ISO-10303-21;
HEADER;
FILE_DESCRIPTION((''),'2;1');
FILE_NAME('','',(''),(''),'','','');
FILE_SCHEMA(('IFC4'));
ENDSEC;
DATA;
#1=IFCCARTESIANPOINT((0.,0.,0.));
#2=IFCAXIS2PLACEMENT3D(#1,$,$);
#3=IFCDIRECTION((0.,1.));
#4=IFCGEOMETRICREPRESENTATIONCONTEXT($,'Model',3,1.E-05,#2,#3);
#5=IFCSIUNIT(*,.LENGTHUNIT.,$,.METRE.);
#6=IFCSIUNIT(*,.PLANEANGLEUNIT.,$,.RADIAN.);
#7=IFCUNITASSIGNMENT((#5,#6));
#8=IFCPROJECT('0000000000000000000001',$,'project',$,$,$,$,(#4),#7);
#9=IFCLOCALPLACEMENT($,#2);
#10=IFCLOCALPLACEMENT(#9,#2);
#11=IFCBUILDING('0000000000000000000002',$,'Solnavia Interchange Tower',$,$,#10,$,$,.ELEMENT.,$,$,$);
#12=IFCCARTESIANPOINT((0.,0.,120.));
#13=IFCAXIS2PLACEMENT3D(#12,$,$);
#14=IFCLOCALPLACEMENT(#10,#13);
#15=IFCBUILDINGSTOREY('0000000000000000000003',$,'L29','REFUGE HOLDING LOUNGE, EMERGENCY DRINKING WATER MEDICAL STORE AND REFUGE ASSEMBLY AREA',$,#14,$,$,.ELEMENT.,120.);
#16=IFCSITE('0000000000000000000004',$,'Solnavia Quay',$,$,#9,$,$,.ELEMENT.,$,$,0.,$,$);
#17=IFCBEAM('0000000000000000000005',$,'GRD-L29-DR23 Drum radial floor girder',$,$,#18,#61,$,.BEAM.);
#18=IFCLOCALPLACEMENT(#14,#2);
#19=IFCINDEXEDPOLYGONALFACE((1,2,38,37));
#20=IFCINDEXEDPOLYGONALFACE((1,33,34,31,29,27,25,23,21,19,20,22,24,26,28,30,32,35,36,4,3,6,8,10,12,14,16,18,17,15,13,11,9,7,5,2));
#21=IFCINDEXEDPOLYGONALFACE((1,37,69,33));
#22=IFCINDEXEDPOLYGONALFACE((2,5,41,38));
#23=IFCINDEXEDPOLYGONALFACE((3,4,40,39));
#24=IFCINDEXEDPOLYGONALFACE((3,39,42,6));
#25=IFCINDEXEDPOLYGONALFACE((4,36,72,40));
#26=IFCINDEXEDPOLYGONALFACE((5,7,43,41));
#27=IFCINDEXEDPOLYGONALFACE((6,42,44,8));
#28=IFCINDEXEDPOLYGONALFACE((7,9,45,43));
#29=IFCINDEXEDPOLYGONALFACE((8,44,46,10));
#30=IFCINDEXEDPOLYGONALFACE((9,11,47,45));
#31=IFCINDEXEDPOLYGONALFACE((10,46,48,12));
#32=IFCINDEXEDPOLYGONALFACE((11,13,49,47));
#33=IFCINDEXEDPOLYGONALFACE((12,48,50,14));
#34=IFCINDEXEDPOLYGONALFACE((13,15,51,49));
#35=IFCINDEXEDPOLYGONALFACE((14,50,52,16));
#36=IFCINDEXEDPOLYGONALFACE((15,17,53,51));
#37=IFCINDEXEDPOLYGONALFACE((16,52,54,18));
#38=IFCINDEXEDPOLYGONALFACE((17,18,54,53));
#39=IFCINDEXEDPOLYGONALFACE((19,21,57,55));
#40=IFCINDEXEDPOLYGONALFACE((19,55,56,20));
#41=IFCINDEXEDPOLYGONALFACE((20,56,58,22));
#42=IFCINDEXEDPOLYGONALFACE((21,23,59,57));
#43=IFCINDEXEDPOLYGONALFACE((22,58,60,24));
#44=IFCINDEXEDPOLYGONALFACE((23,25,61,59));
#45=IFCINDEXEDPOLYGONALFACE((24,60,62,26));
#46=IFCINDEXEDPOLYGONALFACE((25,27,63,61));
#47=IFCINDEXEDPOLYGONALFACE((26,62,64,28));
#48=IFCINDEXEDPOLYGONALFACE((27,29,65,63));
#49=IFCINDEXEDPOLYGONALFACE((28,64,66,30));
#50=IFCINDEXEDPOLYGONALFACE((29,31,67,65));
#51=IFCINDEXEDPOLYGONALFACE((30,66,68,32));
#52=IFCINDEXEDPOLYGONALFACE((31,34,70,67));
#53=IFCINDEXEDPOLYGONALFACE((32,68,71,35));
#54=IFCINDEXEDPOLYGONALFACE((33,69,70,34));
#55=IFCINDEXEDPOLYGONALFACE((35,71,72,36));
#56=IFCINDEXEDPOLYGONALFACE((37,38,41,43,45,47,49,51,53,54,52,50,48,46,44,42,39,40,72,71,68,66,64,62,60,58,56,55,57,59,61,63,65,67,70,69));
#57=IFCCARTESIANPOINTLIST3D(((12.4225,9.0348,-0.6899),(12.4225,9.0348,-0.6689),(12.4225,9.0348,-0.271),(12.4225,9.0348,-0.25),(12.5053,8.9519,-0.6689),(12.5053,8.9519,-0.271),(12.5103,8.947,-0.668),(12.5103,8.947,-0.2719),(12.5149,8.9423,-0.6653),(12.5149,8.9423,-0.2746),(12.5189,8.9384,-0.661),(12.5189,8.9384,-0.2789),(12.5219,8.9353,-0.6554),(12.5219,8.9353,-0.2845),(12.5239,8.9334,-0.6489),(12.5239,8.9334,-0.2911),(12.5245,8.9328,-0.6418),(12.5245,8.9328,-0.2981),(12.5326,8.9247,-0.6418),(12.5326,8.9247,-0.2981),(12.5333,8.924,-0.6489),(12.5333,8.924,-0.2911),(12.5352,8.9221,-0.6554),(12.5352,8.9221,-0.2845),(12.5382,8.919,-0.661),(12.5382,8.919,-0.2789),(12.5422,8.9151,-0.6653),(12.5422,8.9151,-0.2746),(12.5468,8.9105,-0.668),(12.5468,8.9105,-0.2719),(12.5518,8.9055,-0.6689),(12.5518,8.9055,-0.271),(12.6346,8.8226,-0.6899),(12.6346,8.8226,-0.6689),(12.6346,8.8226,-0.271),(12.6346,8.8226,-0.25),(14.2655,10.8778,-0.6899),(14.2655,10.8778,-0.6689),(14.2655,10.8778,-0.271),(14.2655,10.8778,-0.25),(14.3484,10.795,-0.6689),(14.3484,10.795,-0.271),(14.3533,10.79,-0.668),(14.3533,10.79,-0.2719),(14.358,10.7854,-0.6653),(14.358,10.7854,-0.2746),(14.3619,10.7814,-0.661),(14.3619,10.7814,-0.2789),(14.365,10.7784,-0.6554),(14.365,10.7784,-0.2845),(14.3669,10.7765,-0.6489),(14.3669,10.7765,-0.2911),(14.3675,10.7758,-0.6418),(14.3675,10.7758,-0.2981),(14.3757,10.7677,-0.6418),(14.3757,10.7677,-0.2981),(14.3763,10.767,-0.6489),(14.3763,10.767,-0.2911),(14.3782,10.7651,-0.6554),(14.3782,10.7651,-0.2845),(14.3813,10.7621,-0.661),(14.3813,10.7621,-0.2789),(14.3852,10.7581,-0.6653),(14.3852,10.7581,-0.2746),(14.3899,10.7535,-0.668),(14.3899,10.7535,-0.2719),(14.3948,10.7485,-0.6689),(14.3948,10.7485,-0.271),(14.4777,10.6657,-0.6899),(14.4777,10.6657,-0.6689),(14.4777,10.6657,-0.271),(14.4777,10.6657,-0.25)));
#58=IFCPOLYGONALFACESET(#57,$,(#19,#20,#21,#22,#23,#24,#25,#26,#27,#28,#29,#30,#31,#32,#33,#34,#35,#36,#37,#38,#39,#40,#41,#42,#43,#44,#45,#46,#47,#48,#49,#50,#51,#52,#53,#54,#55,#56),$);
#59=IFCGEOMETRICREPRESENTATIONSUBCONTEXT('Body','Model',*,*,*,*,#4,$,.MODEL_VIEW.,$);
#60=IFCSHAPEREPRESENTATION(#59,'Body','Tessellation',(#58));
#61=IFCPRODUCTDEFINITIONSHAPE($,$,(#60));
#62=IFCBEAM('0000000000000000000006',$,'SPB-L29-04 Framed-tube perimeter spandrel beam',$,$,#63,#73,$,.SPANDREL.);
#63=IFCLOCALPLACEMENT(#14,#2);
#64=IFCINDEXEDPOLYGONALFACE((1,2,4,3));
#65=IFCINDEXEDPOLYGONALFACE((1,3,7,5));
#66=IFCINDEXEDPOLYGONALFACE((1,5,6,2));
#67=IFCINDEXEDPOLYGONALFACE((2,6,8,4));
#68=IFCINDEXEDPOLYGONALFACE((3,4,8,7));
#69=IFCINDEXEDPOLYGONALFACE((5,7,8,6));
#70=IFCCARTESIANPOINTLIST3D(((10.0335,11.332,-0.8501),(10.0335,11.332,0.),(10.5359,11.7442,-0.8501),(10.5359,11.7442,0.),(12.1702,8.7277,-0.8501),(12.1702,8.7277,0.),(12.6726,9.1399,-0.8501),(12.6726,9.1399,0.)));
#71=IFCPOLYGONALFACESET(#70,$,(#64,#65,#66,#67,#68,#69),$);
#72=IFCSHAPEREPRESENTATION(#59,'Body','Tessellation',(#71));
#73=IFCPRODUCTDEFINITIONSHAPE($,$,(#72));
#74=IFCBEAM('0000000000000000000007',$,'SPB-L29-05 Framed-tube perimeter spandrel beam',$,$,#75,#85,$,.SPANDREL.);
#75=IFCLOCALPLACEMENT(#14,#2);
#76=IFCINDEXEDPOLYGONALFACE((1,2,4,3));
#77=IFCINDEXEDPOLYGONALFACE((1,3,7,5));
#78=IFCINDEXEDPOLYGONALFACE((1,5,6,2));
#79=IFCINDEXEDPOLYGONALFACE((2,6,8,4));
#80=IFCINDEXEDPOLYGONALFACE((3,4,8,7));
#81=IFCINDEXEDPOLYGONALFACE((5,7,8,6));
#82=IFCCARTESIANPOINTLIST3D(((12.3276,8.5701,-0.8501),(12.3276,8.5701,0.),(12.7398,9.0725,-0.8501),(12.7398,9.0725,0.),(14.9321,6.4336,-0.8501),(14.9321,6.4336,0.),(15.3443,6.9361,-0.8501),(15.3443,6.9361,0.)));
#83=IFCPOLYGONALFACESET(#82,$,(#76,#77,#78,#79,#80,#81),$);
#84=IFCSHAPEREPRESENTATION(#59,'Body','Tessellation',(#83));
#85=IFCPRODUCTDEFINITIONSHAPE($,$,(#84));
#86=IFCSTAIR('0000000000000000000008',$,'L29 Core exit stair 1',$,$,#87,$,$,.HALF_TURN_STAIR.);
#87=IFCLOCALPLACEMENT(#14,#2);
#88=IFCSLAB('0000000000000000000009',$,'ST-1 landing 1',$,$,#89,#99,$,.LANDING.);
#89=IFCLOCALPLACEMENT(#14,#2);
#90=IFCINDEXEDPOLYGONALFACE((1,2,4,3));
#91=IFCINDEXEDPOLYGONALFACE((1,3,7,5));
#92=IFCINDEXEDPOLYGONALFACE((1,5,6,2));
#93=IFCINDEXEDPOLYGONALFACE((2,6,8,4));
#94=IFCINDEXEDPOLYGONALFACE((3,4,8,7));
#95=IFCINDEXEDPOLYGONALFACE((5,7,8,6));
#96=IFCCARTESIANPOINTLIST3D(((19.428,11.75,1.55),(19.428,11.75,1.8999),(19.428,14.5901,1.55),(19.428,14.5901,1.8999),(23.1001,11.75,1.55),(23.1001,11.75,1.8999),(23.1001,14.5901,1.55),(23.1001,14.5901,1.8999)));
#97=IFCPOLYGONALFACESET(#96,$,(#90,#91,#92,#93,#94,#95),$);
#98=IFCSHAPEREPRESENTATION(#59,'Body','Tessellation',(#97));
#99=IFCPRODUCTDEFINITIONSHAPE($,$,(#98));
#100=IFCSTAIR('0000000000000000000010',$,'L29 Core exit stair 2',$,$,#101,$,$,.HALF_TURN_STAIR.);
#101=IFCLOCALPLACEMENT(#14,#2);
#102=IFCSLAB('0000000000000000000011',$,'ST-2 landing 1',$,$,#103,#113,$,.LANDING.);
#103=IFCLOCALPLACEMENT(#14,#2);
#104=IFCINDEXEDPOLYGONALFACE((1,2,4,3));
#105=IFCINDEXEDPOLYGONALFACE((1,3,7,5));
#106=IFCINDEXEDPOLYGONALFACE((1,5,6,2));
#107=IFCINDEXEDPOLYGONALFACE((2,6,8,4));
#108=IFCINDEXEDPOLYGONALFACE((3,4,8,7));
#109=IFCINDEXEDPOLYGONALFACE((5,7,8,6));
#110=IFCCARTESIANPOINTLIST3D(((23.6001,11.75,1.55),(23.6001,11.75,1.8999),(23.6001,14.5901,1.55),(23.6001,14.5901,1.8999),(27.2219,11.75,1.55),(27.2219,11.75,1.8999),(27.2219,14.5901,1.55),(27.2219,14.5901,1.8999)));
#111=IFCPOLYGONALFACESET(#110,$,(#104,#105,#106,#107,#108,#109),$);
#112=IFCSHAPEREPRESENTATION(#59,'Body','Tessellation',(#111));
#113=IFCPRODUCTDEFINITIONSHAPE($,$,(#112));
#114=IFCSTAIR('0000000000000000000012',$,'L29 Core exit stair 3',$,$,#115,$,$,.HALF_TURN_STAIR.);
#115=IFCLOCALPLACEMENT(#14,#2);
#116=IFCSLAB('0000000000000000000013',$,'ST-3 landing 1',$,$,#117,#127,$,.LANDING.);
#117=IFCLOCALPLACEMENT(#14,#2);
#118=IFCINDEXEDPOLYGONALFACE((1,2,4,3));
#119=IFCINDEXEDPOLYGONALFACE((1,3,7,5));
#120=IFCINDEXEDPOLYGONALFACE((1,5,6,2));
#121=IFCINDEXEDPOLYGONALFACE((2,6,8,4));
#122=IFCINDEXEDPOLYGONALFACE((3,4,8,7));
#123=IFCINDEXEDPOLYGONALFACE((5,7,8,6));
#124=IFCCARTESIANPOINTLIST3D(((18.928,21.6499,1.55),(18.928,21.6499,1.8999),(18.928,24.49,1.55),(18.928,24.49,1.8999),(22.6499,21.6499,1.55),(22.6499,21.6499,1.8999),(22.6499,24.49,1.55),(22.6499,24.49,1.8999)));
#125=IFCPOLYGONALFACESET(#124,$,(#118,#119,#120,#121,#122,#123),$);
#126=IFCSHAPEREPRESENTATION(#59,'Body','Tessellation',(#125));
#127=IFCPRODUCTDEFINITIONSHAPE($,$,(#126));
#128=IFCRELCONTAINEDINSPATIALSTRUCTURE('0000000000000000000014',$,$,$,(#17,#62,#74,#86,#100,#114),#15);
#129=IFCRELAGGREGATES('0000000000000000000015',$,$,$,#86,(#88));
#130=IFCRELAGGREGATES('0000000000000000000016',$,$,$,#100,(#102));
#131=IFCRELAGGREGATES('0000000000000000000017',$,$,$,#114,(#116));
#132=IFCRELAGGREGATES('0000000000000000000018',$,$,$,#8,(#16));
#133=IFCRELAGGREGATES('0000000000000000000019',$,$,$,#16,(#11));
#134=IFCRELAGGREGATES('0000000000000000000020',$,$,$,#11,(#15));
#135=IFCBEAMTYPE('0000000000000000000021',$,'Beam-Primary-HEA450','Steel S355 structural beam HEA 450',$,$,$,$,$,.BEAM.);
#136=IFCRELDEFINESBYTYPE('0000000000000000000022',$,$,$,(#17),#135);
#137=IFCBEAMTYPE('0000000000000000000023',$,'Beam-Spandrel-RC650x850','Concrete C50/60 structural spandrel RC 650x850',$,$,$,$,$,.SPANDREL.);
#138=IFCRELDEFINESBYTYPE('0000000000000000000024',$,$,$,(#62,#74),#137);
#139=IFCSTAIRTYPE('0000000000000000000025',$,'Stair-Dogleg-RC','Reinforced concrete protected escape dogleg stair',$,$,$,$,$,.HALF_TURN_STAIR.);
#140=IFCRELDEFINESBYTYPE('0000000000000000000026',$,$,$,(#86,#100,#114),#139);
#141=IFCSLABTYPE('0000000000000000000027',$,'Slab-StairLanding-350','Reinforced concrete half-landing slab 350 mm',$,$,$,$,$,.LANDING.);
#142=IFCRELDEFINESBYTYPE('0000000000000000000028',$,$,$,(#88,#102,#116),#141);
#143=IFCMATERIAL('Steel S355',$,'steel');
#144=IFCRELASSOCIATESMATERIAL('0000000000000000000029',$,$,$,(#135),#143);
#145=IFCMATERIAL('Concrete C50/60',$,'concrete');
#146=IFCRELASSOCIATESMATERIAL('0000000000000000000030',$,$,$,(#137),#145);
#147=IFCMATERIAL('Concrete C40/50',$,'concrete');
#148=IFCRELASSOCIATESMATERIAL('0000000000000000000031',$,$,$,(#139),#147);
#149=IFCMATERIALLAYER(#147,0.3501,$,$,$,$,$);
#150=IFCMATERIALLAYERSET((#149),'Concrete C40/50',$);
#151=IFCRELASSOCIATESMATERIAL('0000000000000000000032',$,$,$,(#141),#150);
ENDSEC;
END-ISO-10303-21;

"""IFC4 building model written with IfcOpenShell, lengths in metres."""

from ifc_helpers import new_model, si_unit, direction, frame, origin, origin_2d, place, context, subcontext, project, spatial, polyline, rectangle, i_section, outline, extrude, material, layer, layer_set, material_profile, profile_set, type_object, element, aggregate, save


model = new_model("IFC4")

# Units and contexts
model_context = context("Model", 3, precision=1e-05, world=origin(), true_north=direction((0.0, 1.0)))
body_context = subcontext(model_context, "Body", "Model", "MODEL_VIEW")
ifc_project = project(units=[si_unit("LENGTHUNIT", "METRE"), si_unit("PLANEANGLEUNIT", "RADIAN")], contexts=[model_context])

# Site, building, storey
site_placement = place(None, origin())
site = spatial("IfcSite", under=ifc_project, at=site_placement, Name="Solnavia Quay", CompositionType="ELEMENT", RefElevation=0.0)
building_placement = place(site_placement, origin())
building = spatial("IfcBuilding", under=site, at=building_placement, Name="Solnavia Interchange Tower", CompositionType="ELEMENT")
storey_placement = place(building_placement, frame((0.0, 0.0, 120.0)))
storey = spatial("IfcBuildingStorey", under=building, at=storey_placement, Name="L29", Description="REFUGE HOLDING LOUNGE, EMERGENCY DRINKING WATER MEDICAL STORE AND REFUGE ASSEMBLY AREA", CompositionType="ELEMENT", Elevation=120.0)

# Shared definitions
ifc_material_1 = material(Name="Steel S355", Category="steel")

# Beams
ifc_material_profile_1 = material_profile(ifc_material_1, i_section(OverallWidth=0.3, OverallDepth=0.4399, WebThickness=0.0115, FlangeThickness=0.021, FilletRadius=0.0271, at=origin_2d()), Name="HEA 450")
ifc_profile_set_1 = profile_set([ifc_material_profile_1], Name="Steel S355")
beam_type_1 = type_object("IfcBeamType", Name="Beam-Primary-HEA450", Description="Steel S355 structural beam HEA 450", PredefinedType="BEAM", material=ifc_profile_set_1)
beam_1_placement = place(storey_placement, frame((12.5286, 8.9287, -0.47), z_axis=(0.707107, 0.707107, 0.0), x_axis=(-0.707107, 0.707107, 0.0)))
element("IfcBeam", 1, at=beam_1_placement, inside=storey, type_object=beam_type_1, Name="GRD-L29-DR23 Drum radial floor girder", PredefinedType="BEAM", context=body_context, shape_type="SweptSolid", body=[
    extrude(i_section(OverallWidth=0.3, OverallDepth=0.4399, WebThickness=0.0115, FlangeThickness=0.021, FilletRadius=0.0271, at=origin_2d()), origin(), (0.0, 0.0, 1.0), 2.6064),
])
ifc_material_2 = material(Name="Concrete C50/60", Category="concrete")
ifc_material_profile_2 = material_profile(ifc_material_2, rectangle(XDim=0.6499, YDim=0.8501, at=origin_2d()), Name="RC 650x850")
ifc_profile_set_2 = profile_set([ifc_material_profile_2], Name="Concrete C50/60")
beam_type_2 = type_object("IfcBeamType", Name="Beam-Spandrel-RC650x850", Description="Concrete C50/60 structural spandrel RC 650x850", PredefinedType="SPANDREL", material=ifc_profile_set_2)
for number, where, z_axis, x_axis, name in (
    (2, (10.2847, 11.5381, -0.425), (0.634299, -0.773088, 0.0), (0.773088, 0.634299, 0.0), "SPB-L29-04 Framed-tube perimeter spandrel beam"),
    (3, (12.5337, 8.8213, -0.425), (0.773153, -0.63422, 0.0), (0.63422, 0.773153, 0.0), "SPB-L29-05 Framed-tube perimeter spandrel beam"),
):
    element("IfcBeam", number, at=place(storey_placement, frame(where, z_axis=z_axis, x_axis=x_axis)), inside=storey, type_object=beam_type_2, Name=name, PredefinedType="SPANDREL", context=body_context, shape_type="SweptSolid", body=[
        extrude(rectangle(XDim=0.6499, YDim=0.8501, at=origin_2d()), origin(), (0.0, 0.0, 1.0), 3.3687),
    ])

# Stairs, slabs
ifc_material_3 = material(Name="Concrete C40/50", Category="concrete")
stair_type = type_object("IfcStairType", Name="Stair-Dogleg-RC", Description="Reinforced concrete protected escape dogleg stair", PredefinedType="HALF_TURN_STAIR", material=ifc_material_3)
stair_1_placement = place(storey_placement, origin())
stair_1 = element("IfcStair", 4, at=stair_1_placement, inside=storey, type_object=stair_type, Name="L29 Core exit stair 1", PredefinedType="HALF_TURN_STAIR")
ifc_layer_1 = layer(ifc_material_3, 0.3501)
ifc_layer_set_1 = layer_set([ifc_layer_1], Name="Concrete C40/50")
slab_type_1 = type_object("IfcSlabType", Name="Slab-StairLanding-350", Description="Reinforced concrete half-landing slab 350 mm", PredefinedType="LANDING", material=ifc_layer_set_1)
slab_1_placement = place(storey_placement, frame((0.0, 0.0, 1.55)))
slab_1 = element("IfcSlab", 5, at=slab_1_placement, type_object=slab_type_1, Name="ST-1 landing 1", PredefinedType="LANDING", context=body_context, shape_type="SweptSolid", body=[
    extrude(outline(polyline([(19.428, 11.75), (23.1001, 11.75), (23.1001, 14.5901), (19.428, 14.5901), (19.428, 11.75)])), origin(), (0.0, 0.0, 1.0), 0.3499),
])
aggregate(stair_1, [slab_1])
stair_2_placement = place(storey_placement, origin())
stair_2 = element("IfcStair", 6, at=stair_2_placement, inside=storey, type_object=stair_type, Name="L29 Core exit stair 2", PredefinedType="HALF_TURN_STAIR")
slab_2_placement = place(storey_placement, frame((0.0, 0.0, 1.55)))
slab_2 = element("IfcSlab", 7, at=slab_2_placement, type_object=slab_type_1, Name="ST-2 landing 1", PredefinedType="LANDING", context=body_context, shape_type="SweptSolid", body=[
    extrude(outline(polyline([(23.6001, 11.75), (27.2219, 11.75), (27.2219, 14.5901), (23.6001, 14.5901), (23.6001, 11.75)])), origin(), (0.0, 0.0, 1.0), 0.3499),
])
aggregate(stair_2, [slab_2])
stair_3_placement = place(storey_placement, origin())
stair_3 = element("IfcStair", 8, at=stair_3_placement, inside=storey, type_object=stair_type, Name="L29 Core exit stair 3", PredefinedType="HALF_TURN_STAIR")
slab_3_placement = place(storey_placement, frame((0.0, 0.0, 1.55)))
slab_3 = element("IfcSlab", 9, at=slab_3_placement, type_object=slab_type_1, Name="ST-3 landing 1", PredefinedType="LANDING", context=body_context, shape_type="SweptSolid", body=[
    extrude(outline(polyline([(18.928, 21.6499), (22.6499, 21.6499), (22.6499, 24.49), (18.928, 24.49), (18.928, 21.6499)])), origin(), (0.0, 0.0, 1.0), 0.3499),
])
aggregate(stair_3, [slab_3])

save(model, "model.ifc")
